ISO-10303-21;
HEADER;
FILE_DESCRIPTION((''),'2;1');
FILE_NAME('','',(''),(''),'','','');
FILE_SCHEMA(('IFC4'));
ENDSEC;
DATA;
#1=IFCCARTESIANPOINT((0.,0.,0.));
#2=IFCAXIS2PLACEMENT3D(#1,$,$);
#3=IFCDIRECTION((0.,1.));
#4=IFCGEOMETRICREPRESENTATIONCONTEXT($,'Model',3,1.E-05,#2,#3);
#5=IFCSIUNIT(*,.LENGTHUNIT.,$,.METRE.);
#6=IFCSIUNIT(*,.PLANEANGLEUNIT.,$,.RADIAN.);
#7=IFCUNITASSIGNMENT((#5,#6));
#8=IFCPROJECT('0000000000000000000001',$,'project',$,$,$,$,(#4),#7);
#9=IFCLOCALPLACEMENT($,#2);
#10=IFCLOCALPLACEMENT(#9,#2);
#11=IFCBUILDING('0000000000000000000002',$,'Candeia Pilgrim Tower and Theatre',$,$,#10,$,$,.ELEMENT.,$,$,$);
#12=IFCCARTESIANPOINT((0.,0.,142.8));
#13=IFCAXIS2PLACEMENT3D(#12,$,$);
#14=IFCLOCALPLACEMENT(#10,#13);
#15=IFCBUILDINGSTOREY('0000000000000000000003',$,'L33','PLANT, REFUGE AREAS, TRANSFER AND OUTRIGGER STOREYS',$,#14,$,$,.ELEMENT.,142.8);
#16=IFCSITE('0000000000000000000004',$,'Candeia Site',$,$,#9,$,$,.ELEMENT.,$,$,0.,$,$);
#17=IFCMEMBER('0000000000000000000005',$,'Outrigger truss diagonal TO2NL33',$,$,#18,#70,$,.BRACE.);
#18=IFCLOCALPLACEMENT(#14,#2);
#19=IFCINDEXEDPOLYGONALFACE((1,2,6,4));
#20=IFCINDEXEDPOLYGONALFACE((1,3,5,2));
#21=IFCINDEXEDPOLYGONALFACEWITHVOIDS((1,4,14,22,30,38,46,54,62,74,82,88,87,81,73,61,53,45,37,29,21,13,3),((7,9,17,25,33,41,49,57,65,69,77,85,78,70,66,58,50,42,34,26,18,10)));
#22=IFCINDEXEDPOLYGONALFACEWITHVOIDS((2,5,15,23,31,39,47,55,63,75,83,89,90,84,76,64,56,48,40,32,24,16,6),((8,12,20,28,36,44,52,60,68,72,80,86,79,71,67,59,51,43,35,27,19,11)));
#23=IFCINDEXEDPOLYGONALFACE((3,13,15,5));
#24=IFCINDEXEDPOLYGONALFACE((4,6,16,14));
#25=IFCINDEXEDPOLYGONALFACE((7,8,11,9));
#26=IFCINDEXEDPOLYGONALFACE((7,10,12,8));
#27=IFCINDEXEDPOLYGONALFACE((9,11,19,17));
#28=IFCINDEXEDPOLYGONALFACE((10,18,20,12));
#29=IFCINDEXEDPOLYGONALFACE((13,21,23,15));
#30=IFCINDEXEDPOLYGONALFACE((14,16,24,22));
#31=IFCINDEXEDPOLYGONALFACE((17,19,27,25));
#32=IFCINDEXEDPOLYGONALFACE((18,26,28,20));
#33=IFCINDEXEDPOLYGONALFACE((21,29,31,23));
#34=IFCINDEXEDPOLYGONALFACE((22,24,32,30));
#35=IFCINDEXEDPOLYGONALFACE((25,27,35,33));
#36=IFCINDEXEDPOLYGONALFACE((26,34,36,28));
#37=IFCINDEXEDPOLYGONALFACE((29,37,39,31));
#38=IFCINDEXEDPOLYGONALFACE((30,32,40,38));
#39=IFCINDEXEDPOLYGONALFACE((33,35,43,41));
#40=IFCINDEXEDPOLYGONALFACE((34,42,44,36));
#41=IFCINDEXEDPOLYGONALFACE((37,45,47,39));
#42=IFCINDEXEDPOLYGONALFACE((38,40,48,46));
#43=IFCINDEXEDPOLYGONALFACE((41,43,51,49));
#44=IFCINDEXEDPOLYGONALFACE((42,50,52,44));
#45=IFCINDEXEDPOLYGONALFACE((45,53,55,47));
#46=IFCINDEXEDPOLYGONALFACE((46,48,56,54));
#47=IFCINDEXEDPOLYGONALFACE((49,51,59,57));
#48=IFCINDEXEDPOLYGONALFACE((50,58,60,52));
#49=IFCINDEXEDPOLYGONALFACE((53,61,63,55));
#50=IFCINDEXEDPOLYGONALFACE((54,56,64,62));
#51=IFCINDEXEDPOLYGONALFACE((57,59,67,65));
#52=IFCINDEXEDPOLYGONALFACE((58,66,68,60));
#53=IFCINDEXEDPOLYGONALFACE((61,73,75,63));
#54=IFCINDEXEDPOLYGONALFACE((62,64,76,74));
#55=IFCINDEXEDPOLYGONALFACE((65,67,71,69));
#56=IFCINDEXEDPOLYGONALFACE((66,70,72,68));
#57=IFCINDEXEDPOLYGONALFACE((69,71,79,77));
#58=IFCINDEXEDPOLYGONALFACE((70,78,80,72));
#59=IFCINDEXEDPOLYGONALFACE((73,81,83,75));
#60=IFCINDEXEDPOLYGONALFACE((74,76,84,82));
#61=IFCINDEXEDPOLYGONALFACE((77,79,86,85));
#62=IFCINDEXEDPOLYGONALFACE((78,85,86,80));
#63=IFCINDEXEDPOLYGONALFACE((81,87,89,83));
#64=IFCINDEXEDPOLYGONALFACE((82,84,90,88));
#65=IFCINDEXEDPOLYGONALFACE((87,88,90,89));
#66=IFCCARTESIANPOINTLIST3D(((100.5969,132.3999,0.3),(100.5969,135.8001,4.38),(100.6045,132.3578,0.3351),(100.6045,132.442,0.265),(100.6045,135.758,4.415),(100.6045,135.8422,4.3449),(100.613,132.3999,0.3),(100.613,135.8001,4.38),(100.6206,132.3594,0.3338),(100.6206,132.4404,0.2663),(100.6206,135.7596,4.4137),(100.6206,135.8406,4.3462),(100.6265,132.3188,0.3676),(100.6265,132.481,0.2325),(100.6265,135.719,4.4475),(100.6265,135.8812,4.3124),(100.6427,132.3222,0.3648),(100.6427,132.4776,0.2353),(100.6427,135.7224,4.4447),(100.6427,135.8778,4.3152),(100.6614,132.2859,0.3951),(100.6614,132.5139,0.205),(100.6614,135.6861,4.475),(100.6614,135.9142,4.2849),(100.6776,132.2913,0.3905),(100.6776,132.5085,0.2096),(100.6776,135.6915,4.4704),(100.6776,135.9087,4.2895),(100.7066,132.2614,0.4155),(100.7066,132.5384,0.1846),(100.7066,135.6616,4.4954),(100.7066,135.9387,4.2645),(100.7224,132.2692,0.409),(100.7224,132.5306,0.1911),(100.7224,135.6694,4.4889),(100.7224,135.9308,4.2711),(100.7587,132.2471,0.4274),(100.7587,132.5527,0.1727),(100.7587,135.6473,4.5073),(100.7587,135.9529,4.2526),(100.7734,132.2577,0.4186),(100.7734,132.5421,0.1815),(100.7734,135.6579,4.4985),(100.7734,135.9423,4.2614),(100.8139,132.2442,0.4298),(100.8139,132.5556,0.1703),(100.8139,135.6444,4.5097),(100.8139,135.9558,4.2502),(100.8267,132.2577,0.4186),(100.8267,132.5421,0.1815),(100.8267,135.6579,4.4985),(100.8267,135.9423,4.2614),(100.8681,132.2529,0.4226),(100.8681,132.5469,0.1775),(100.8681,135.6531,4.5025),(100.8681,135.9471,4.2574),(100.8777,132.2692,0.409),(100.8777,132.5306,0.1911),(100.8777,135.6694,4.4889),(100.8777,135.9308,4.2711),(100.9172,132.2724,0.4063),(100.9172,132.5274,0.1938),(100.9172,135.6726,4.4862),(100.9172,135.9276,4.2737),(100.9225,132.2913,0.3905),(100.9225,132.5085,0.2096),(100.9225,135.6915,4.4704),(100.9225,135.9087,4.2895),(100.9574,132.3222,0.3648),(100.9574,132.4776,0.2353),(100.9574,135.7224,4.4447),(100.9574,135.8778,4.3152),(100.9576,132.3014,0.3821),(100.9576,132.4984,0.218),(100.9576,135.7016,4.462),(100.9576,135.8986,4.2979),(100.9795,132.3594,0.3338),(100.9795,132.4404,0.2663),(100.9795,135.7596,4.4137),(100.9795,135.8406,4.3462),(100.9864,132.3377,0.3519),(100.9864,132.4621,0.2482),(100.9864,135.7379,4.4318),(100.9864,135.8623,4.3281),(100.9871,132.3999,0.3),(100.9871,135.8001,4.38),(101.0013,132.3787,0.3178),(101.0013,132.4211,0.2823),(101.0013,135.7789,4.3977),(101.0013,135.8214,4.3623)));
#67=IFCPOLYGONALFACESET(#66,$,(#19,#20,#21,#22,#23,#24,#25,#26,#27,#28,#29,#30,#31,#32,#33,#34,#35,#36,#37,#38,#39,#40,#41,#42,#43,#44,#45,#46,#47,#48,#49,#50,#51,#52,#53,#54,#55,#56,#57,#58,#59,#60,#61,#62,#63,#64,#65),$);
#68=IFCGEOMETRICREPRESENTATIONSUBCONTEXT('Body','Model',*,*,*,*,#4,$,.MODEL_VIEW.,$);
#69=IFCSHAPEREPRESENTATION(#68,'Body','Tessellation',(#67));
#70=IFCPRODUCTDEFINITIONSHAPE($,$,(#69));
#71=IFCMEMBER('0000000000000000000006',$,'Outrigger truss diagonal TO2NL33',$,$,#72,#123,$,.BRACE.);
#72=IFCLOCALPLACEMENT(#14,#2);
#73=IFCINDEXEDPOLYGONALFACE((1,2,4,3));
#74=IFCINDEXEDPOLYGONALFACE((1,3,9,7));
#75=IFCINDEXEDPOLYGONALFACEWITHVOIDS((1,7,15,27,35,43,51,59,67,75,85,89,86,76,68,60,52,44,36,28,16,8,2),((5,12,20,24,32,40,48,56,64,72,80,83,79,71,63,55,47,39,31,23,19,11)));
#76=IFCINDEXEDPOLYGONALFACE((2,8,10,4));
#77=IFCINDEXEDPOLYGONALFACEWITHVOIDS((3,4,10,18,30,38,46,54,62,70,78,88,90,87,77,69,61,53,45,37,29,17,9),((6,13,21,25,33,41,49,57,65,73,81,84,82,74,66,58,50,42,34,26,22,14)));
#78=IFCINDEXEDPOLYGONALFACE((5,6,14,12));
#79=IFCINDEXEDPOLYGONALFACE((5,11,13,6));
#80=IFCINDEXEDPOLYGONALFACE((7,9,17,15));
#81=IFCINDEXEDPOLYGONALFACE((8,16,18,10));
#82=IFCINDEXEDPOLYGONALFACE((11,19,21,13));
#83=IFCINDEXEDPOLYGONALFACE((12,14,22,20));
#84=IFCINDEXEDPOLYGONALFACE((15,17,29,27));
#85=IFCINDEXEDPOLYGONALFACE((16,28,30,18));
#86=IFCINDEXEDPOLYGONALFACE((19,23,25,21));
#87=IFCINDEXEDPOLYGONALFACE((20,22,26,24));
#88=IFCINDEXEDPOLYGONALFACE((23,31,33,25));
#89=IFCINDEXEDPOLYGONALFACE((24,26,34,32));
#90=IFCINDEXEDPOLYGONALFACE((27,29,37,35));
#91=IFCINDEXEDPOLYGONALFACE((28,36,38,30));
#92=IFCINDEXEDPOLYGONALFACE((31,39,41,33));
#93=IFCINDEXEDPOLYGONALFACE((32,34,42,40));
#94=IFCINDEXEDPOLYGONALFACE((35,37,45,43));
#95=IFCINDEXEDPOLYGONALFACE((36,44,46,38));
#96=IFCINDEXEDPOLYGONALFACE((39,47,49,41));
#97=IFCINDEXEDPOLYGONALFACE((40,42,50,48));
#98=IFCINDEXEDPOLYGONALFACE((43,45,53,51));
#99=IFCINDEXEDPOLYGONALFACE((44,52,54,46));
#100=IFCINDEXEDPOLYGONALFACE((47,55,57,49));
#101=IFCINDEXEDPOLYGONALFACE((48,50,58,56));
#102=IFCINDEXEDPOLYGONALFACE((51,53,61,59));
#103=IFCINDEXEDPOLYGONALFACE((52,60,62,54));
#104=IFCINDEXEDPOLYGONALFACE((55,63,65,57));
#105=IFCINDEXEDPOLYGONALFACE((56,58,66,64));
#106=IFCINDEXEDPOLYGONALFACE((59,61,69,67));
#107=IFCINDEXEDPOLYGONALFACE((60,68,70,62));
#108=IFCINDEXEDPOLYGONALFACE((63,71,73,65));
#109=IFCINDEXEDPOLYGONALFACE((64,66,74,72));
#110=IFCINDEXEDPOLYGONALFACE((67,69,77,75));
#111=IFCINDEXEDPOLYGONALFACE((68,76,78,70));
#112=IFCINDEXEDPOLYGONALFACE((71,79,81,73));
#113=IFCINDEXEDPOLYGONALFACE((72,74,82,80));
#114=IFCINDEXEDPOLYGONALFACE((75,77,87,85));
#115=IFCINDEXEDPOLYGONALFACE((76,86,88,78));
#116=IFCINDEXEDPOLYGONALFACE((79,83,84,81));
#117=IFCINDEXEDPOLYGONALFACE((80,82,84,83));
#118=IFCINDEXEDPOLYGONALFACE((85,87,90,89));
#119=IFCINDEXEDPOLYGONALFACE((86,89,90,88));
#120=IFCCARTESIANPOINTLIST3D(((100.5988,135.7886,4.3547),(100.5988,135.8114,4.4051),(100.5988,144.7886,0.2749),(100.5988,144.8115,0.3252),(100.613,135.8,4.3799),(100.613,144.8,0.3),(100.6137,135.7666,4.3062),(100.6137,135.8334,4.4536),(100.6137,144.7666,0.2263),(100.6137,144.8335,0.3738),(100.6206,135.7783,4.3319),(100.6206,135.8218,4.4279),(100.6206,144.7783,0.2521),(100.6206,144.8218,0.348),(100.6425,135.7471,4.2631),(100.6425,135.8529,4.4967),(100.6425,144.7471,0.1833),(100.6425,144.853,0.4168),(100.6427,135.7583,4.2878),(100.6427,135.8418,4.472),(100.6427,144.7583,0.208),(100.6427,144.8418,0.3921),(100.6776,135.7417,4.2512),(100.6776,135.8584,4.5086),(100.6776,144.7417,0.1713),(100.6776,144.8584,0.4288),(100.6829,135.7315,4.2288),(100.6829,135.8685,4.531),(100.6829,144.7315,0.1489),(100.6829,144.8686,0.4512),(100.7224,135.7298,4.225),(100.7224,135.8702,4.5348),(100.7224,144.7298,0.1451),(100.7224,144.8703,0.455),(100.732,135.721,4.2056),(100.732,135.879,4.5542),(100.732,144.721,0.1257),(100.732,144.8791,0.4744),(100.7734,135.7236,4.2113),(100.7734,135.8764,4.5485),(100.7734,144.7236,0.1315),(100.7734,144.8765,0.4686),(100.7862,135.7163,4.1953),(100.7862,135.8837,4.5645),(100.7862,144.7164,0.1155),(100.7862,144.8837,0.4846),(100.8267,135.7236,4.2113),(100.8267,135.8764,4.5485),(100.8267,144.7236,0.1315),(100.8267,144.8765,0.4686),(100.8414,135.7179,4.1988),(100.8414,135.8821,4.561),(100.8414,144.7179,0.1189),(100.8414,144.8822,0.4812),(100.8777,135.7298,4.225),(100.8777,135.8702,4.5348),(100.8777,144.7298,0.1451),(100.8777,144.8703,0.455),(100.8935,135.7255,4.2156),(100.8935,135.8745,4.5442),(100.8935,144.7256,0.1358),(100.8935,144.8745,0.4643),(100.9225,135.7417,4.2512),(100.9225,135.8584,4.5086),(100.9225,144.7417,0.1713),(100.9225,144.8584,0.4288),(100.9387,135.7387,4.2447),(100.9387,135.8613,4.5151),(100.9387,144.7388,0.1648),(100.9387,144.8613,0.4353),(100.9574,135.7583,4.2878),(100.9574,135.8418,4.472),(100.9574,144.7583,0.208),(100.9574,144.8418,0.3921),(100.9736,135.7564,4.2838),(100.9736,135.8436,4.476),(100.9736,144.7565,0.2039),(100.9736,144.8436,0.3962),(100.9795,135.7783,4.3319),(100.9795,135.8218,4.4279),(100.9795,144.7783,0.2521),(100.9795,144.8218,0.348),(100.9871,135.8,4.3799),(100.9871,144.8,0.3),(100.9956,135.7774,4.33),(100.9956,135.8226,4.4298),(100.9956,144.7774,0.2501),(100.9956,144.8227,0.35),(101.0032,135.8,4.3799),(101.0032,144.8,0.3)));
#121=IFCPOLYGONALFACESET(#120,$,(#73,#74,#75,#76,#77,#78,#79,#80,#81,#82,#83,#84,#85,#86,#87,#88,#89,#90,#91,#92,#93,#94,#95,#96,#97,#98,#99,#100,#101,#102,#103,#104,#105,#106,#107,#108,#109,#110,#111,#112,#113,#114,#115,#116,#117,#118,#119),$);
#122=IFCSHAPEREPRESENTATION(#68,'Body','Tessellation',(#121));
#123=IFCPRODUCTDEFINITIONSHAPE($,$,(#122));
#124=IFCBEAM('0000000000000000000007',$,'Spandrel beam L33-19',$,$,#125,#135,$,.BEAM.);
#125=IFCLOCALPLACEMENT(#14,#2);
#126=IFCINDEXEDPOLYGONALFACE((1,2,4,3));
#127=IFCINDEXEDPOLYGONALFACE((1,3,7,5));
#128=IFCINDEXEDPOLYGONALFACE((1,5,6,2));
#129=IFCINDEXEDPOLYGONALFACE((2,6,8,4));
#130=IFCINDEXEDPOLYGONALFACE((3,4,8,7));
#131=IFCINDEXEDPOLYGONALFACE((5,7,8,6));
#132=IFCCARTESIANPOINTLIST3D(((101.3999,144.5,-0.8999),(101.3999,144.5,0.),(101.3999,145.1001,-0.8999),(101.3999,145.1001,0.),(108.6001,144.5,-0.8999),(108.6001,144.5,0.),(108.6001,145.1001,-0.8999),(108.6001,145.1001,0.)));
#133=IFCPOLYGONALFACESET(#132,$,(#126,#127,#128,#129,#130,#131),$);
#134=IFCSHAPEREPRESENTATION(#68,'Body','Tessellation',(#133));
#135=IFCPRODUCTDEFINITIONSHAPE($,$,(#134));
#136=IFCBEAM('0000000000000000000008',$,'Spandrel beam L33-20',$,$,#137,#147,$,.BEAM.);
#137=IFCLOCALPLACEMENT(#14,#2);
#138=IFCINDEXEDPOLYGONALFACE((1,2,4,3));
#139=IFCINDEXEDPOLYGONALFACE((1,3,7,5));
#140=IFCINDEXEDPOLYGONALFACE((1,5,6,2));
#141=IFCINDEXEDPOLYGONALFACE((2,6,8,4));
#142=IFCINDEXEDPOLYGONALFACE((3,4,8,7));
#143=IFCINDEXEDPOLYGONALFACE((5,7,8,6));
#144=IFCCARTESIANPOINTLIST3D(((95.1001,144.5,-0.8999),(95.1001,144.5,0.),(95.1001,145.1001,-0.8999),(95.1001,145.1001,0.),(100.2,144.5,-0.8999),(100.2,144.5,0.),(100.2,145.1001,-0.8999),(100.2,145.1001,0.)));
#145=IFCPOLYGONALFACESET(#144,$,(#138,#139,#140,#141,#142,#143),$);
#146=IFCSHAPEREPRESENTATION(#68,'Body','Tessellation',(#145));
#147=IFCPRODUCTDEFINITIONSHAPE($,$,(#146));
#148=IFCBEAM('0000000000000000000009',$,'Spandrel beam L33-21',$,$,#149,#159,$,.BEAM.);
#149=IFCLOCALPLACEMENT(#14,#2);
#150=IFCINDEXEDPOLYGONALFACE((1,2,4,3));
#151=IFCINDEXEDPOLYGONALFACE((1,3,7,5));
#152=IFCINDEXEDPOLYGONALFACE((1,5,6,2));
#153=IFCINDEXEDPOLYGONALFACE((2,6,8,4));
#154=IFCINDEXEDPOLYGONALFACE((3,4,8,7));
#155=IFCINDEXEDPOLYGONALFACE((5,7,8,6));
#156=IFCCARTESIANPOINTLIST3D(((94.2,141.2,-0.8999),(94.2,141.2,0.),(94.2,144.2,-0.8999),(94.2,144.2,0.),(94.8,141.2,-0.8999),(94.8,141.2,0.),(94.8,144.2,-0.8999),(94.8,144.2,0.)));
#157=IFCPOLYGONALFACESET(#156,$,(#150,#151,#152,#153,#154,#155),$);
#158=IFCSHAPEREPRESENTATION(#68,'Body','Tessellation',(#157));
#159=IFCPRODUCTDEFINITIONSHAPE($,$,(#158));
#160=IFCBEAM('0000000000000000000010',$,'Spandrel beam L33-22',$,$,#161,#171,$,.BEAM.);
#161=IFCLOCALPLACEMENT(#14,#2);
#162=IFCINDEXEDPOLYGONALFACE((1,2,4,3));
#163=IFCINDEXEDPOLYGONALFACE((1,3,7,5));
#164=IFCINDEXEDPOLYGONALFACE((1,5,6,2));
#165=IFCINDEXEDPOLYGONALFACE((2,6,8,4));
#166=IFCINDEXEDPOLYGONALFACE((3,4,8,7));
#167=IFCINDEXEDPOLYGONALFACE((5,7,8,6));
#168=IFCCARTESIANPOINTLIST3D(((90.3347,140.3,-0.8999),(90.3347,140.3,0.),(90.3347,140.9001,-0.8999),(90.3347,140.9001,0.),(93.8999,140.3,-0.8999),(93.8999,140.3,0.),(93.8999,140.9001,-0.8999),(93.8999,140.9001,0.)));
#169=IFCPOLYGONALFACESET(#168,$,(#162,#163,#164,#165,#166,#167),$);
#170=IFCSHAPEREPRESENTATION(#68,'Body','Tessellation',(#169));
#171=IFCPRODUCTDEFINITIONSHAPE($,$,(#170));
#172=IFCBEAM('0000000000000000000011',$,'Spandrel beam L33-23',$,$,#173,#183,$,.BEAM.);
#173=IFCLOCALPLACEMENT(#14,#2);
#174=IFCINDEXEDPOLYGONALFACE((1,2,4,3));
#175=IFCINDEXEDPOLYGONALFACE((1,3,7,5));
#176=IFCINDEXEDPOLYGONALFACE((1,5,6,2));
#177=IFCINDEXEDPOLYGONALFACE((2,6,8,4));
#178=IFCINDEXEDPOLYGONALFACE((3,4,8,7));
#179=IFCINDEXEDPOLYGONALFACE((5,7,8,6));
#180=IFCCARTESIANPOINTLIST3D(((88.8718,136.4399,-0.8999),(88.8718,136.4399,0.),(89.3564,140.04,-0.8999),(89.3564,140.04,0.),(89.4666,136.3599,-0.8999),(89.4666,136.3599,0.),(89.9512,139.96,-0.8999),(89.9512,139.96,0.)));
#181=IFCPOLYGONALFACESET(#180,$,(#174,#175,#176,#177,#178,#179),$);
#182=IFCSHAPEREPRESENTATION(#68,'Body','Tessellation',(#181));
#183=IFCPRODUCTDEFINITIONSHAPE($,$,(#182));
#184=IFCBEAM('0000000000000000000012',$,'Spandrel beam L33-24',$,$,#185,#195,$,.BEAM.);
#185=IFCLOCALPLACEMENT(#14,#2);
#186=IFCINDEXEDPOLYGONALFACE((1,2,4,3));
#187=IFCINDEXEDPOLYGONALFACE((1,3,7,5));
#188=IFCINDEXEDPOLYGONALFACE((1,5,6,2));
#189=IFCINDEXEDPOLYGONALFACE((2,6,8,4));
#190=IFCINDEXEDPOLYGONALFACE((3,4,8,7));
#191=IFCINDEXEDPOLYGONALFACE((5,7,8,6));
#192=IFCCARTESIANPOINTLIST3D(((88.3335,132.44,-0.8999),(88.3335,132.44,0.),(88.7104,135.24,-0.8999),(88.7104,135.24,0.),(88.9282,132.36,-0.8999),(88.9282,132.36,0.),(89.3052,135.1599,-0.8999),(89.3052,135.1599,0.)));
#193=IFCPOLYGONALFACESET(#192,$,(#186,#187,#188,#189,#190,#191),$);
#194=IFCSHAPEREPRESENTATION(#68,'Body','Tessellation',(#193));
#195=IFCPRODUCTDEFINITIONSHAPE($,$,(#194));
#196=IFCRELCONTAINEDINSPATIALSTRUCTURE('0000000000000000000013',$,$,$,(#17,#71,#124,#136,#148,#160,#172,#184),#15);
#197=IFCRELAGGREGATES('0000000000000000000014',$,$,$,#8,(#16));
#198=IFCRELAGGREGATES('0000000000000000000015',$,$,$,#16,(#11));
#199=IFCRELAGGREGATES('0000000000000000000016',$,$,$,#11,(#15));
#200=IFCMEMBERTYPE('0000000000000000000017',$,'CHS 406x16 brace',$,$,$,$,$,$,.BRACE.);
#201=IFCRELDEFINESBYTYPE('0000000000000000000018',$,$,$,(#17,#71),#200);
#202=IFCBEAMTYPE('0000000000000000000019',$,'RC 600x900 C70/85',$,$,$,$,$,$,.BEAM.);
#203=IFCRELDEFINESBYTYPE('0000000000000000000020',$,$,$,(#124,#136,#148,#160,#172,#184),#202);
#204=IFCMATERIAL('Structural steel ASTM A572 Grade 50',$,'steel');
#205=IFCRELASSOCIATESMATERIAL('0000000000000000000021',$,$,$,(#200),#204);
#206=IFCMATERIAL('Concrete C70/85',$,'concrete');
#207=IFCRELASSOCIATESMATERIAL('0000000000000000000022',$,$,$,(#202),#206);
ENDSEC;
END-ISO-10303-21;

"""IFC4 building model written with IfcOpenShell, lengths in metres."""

from ifc_helpers import new_model, si_unit, direction, frame, origin, origin_2d, place, context, subcontext, project, spatial, rectangle, hollow_circle, extrude, material, material_profile, profile_set, type_object, element, save


model = new_model("IFC4")

# Units and contexts
model_context = context("Model", 3, precision=1e-05, world=origin(), true_north=direction((0.0, 1.0)))
body_context = subcontext(model_context, "Body", "Model", "MODEL_VIEW")
ifc_project = project(units=[si_unit("LENGTHUNIT", "METRE"), si_unit("PLANEANGLEUNIT", "RADIAN")], contexts=[model_context])

# Site, building, storey
site_placement = place(None, origin())
site = spatial("IfcSite", under=ifc_project, at=site_placement, Name="Candeia Site", CompositionType="ELEMENT", RefElevation=0.0)
building_placement = place(site_placement, origin())
building = spatial("IfcBuilding", under=site, at=building_placement, Name="Candeia Pilgrim Tower and Theatre", CompositionType="ELEMENT")
storey_placement = place(building_placement, frame((0.0, 0.0, 142.8)))
storey = spatial("IfcBuildingStorey", under=building, at=storey_placement, Name="L33", Description="PLANT, REFUGE AREAS, TRANSFER AND OUTRIGGER STOREYS", CompositionType="ELEMENT", Elevation=142.8)

# Shared definitions
ifc_material_1 = material(Name="Concrete C70/85", Category="concrete")

# Members
ifc_material_2 = material(Name="Structural steel ASTM A572 Grade 50", Category="steel")
ifc_material_profile_1 = material_profile(ifc_material_2, hollow_circle(Radius=0.2031, WallThickness=0.0161, at=origin_2d()))
ifc_profile_set_1 = profile_set([ifc_material_profile_1], Name="Structural steel ASTM A572 Grade 50")
member_type_1 = type_object("IfcMemberType", Name="CHS 406x16 brace", PredefinedType="BRACE", material=ifc_profile_set_1)
member_1_placement = place(storey_placement, frame((100.8, 132.3999, 0.3), z_axis=(0.0, 0.640216, 0.768195), x_axis=(-1.0, 0.0, 0.0)))
element("IfcMember", 1, at=member_1_placement, inside=storey, type_object=member_type_1, Name="Outrigger truss diagonal TO2NL33", PredefinedType="BRACE", context=body_context, shape_type="SweptSolid", body=[
    extrude(hollow_circle(Radius=0.2031, WallThickness=0.0161, at=origin_2d()), origin(), (0.0, 0.0, 1.0), 5.311),
])
member_2_placement = place(storey_placement, frame((100.8, 144.8, 0.3), z_axis=(0.0, -0.910788, 0.412874), x_axis=(1.0, 0.0, 0.0)))
element("IfcMember", 2, at=member_2_placement, inside=storey, type_object=member_type_1, Name="Outrigger truss diagonal TO2NL33", PredefinedType="BRACE", context=body_context, shape_type="SweptSolid", body=[
    extrude(hollow_circle(Radius=0.2031, WallThickness=0.0161, at=origin_2d()), origin(), (0.0, 0.0, 1.0), 9.8816),
])

# Beams
ifc_material_profile_2 = material_profile(ifc_material_1, rectangle(XDim=0.6001, YDim=0.8999, at=origin_2d()))
ifc_profile_set_2 = profile_set([ifc_material_profile_2], Name="Concrete C70/85")
beam_type = type_object("IfcBeamType", Name="RC 600x900 C70/85", PredefinedType="BEAM", material=ifc_profile_set_2)
beam_1_placement = place(storey_placement, frame((108.6001, 144.8, -0.45), z_axis=(-1.0, 0.0, 0.0), x_axis=(0.0, -1.0, 0.0)))
element("IfcBeam", 3, at=beam_1_placement, inside=storey, type_object=beam_type, Name="Spandrel beam L33-19", PredefinedType="BEAM", context=body_context, shape_type="SweptSolid", body=[
    extrude(rectangle(XDim=0.6001, YDim=0.8999, at=origin_2d()), origin(), (0.0, 0.0, 1.0), 7.2002),
])
beam_2_placement = place(storey_placement, frame((100.2, 144.8, -0.45), z_axis=(-1.0, 0.0, 0.0), x_axis=(0.0, -1.0, 0.0)))
element("IfcBeam", 4, at=beam_2_placement, inside=storey, type_object=beam_type, Name="Spandrel beam L33-20", PredefinedType="BEAM", context=body_context, shape_type="SweptSolid", body=[
    extrude(rectangle(XDim=0.6001, YDim=0.8999, at=origin_2d()), origin(), (0.0, 0.0, 1.0), 5.0999),
])
beam_3_placement = place(storey_placement, frame((94.5, 144.2, -0.45), z_axis=(0.0, -1.0, 0.0), x_axis=(1.0, 0.0, 0.0)))
element("IfcBeam", 5, at=beam_3_placement, inside=storey, type_object=beam_type, Name="Spandrel beam L33-21", PredefinedType="BEAM", context=body_context, shape_type="SweptSolid", body=[
    extrude(rectangle(XDim=0.6001, YDim=0.8999, at=origin_2d()), origin(), (0.0, 0.0, 1.0), 3.0),
])
beam_4_placement = place(storey_placement, frame((93.8999, 140.6001, -0.45), z_axis=(-1.0, 0.0, 0.0), x_axis=(0.0, -1.0, 0.0)))
element("IfcBeam", 6, at=beam_4_placement, inside=storey, type_object=beam_type, Name="Spandrel beam L33-22", PredefinedType="BEAM", context=body_context, shape_type="SweptSolid", body=[
    extrude(rectangle(XDim=0.6001, YDim=0.8999, at=origin_2d()), origin(), (0.0, 0.0, 1.0), 3.5652),
])
beam_5_placement = place(storey_placement, frame((89.6538, 140.0, -0.45), z_axis=(-0.133409, -0.991061, 0.0), x_axis=(0.991061, -0.133409, 0.0)))
element("IfcBeam", 7, at=beam_5_placement, inside=storey, type_object=beam_type, Name="Spandrel beam L33-23", PredefinedType="BEAM", context=body_context, shape_type="SweptSolid", body=[
    extrude(rectangle(XDim=0.6001, YDim=0.8999, at=origin_2d()), origin(), (0.0, 0.0, 1.0), 3.6326),
])
beam_6_placement = place(storey_placement, frame((89.0078, 135.2, -0.45), z_axis=(-0.13342, -0.99106, 0.0), x_axis=(0.99106, -0.13342, 0.0)))
element("IfcBeam", 8, at=beam_6_placement, inside=storey, type_object=beam_type, Name="Spandrel beam L33-24", PredefinedType="BEAM", context=body_context, shape_type="SweptSolid", body=[
    extrude(rectangle(XDim=0.6001, YDim=0.8999, at=origin_2d()), origin(), (0.0, 0.0, 1.0), 2.8252),
])

save(model, "model.ifc")
